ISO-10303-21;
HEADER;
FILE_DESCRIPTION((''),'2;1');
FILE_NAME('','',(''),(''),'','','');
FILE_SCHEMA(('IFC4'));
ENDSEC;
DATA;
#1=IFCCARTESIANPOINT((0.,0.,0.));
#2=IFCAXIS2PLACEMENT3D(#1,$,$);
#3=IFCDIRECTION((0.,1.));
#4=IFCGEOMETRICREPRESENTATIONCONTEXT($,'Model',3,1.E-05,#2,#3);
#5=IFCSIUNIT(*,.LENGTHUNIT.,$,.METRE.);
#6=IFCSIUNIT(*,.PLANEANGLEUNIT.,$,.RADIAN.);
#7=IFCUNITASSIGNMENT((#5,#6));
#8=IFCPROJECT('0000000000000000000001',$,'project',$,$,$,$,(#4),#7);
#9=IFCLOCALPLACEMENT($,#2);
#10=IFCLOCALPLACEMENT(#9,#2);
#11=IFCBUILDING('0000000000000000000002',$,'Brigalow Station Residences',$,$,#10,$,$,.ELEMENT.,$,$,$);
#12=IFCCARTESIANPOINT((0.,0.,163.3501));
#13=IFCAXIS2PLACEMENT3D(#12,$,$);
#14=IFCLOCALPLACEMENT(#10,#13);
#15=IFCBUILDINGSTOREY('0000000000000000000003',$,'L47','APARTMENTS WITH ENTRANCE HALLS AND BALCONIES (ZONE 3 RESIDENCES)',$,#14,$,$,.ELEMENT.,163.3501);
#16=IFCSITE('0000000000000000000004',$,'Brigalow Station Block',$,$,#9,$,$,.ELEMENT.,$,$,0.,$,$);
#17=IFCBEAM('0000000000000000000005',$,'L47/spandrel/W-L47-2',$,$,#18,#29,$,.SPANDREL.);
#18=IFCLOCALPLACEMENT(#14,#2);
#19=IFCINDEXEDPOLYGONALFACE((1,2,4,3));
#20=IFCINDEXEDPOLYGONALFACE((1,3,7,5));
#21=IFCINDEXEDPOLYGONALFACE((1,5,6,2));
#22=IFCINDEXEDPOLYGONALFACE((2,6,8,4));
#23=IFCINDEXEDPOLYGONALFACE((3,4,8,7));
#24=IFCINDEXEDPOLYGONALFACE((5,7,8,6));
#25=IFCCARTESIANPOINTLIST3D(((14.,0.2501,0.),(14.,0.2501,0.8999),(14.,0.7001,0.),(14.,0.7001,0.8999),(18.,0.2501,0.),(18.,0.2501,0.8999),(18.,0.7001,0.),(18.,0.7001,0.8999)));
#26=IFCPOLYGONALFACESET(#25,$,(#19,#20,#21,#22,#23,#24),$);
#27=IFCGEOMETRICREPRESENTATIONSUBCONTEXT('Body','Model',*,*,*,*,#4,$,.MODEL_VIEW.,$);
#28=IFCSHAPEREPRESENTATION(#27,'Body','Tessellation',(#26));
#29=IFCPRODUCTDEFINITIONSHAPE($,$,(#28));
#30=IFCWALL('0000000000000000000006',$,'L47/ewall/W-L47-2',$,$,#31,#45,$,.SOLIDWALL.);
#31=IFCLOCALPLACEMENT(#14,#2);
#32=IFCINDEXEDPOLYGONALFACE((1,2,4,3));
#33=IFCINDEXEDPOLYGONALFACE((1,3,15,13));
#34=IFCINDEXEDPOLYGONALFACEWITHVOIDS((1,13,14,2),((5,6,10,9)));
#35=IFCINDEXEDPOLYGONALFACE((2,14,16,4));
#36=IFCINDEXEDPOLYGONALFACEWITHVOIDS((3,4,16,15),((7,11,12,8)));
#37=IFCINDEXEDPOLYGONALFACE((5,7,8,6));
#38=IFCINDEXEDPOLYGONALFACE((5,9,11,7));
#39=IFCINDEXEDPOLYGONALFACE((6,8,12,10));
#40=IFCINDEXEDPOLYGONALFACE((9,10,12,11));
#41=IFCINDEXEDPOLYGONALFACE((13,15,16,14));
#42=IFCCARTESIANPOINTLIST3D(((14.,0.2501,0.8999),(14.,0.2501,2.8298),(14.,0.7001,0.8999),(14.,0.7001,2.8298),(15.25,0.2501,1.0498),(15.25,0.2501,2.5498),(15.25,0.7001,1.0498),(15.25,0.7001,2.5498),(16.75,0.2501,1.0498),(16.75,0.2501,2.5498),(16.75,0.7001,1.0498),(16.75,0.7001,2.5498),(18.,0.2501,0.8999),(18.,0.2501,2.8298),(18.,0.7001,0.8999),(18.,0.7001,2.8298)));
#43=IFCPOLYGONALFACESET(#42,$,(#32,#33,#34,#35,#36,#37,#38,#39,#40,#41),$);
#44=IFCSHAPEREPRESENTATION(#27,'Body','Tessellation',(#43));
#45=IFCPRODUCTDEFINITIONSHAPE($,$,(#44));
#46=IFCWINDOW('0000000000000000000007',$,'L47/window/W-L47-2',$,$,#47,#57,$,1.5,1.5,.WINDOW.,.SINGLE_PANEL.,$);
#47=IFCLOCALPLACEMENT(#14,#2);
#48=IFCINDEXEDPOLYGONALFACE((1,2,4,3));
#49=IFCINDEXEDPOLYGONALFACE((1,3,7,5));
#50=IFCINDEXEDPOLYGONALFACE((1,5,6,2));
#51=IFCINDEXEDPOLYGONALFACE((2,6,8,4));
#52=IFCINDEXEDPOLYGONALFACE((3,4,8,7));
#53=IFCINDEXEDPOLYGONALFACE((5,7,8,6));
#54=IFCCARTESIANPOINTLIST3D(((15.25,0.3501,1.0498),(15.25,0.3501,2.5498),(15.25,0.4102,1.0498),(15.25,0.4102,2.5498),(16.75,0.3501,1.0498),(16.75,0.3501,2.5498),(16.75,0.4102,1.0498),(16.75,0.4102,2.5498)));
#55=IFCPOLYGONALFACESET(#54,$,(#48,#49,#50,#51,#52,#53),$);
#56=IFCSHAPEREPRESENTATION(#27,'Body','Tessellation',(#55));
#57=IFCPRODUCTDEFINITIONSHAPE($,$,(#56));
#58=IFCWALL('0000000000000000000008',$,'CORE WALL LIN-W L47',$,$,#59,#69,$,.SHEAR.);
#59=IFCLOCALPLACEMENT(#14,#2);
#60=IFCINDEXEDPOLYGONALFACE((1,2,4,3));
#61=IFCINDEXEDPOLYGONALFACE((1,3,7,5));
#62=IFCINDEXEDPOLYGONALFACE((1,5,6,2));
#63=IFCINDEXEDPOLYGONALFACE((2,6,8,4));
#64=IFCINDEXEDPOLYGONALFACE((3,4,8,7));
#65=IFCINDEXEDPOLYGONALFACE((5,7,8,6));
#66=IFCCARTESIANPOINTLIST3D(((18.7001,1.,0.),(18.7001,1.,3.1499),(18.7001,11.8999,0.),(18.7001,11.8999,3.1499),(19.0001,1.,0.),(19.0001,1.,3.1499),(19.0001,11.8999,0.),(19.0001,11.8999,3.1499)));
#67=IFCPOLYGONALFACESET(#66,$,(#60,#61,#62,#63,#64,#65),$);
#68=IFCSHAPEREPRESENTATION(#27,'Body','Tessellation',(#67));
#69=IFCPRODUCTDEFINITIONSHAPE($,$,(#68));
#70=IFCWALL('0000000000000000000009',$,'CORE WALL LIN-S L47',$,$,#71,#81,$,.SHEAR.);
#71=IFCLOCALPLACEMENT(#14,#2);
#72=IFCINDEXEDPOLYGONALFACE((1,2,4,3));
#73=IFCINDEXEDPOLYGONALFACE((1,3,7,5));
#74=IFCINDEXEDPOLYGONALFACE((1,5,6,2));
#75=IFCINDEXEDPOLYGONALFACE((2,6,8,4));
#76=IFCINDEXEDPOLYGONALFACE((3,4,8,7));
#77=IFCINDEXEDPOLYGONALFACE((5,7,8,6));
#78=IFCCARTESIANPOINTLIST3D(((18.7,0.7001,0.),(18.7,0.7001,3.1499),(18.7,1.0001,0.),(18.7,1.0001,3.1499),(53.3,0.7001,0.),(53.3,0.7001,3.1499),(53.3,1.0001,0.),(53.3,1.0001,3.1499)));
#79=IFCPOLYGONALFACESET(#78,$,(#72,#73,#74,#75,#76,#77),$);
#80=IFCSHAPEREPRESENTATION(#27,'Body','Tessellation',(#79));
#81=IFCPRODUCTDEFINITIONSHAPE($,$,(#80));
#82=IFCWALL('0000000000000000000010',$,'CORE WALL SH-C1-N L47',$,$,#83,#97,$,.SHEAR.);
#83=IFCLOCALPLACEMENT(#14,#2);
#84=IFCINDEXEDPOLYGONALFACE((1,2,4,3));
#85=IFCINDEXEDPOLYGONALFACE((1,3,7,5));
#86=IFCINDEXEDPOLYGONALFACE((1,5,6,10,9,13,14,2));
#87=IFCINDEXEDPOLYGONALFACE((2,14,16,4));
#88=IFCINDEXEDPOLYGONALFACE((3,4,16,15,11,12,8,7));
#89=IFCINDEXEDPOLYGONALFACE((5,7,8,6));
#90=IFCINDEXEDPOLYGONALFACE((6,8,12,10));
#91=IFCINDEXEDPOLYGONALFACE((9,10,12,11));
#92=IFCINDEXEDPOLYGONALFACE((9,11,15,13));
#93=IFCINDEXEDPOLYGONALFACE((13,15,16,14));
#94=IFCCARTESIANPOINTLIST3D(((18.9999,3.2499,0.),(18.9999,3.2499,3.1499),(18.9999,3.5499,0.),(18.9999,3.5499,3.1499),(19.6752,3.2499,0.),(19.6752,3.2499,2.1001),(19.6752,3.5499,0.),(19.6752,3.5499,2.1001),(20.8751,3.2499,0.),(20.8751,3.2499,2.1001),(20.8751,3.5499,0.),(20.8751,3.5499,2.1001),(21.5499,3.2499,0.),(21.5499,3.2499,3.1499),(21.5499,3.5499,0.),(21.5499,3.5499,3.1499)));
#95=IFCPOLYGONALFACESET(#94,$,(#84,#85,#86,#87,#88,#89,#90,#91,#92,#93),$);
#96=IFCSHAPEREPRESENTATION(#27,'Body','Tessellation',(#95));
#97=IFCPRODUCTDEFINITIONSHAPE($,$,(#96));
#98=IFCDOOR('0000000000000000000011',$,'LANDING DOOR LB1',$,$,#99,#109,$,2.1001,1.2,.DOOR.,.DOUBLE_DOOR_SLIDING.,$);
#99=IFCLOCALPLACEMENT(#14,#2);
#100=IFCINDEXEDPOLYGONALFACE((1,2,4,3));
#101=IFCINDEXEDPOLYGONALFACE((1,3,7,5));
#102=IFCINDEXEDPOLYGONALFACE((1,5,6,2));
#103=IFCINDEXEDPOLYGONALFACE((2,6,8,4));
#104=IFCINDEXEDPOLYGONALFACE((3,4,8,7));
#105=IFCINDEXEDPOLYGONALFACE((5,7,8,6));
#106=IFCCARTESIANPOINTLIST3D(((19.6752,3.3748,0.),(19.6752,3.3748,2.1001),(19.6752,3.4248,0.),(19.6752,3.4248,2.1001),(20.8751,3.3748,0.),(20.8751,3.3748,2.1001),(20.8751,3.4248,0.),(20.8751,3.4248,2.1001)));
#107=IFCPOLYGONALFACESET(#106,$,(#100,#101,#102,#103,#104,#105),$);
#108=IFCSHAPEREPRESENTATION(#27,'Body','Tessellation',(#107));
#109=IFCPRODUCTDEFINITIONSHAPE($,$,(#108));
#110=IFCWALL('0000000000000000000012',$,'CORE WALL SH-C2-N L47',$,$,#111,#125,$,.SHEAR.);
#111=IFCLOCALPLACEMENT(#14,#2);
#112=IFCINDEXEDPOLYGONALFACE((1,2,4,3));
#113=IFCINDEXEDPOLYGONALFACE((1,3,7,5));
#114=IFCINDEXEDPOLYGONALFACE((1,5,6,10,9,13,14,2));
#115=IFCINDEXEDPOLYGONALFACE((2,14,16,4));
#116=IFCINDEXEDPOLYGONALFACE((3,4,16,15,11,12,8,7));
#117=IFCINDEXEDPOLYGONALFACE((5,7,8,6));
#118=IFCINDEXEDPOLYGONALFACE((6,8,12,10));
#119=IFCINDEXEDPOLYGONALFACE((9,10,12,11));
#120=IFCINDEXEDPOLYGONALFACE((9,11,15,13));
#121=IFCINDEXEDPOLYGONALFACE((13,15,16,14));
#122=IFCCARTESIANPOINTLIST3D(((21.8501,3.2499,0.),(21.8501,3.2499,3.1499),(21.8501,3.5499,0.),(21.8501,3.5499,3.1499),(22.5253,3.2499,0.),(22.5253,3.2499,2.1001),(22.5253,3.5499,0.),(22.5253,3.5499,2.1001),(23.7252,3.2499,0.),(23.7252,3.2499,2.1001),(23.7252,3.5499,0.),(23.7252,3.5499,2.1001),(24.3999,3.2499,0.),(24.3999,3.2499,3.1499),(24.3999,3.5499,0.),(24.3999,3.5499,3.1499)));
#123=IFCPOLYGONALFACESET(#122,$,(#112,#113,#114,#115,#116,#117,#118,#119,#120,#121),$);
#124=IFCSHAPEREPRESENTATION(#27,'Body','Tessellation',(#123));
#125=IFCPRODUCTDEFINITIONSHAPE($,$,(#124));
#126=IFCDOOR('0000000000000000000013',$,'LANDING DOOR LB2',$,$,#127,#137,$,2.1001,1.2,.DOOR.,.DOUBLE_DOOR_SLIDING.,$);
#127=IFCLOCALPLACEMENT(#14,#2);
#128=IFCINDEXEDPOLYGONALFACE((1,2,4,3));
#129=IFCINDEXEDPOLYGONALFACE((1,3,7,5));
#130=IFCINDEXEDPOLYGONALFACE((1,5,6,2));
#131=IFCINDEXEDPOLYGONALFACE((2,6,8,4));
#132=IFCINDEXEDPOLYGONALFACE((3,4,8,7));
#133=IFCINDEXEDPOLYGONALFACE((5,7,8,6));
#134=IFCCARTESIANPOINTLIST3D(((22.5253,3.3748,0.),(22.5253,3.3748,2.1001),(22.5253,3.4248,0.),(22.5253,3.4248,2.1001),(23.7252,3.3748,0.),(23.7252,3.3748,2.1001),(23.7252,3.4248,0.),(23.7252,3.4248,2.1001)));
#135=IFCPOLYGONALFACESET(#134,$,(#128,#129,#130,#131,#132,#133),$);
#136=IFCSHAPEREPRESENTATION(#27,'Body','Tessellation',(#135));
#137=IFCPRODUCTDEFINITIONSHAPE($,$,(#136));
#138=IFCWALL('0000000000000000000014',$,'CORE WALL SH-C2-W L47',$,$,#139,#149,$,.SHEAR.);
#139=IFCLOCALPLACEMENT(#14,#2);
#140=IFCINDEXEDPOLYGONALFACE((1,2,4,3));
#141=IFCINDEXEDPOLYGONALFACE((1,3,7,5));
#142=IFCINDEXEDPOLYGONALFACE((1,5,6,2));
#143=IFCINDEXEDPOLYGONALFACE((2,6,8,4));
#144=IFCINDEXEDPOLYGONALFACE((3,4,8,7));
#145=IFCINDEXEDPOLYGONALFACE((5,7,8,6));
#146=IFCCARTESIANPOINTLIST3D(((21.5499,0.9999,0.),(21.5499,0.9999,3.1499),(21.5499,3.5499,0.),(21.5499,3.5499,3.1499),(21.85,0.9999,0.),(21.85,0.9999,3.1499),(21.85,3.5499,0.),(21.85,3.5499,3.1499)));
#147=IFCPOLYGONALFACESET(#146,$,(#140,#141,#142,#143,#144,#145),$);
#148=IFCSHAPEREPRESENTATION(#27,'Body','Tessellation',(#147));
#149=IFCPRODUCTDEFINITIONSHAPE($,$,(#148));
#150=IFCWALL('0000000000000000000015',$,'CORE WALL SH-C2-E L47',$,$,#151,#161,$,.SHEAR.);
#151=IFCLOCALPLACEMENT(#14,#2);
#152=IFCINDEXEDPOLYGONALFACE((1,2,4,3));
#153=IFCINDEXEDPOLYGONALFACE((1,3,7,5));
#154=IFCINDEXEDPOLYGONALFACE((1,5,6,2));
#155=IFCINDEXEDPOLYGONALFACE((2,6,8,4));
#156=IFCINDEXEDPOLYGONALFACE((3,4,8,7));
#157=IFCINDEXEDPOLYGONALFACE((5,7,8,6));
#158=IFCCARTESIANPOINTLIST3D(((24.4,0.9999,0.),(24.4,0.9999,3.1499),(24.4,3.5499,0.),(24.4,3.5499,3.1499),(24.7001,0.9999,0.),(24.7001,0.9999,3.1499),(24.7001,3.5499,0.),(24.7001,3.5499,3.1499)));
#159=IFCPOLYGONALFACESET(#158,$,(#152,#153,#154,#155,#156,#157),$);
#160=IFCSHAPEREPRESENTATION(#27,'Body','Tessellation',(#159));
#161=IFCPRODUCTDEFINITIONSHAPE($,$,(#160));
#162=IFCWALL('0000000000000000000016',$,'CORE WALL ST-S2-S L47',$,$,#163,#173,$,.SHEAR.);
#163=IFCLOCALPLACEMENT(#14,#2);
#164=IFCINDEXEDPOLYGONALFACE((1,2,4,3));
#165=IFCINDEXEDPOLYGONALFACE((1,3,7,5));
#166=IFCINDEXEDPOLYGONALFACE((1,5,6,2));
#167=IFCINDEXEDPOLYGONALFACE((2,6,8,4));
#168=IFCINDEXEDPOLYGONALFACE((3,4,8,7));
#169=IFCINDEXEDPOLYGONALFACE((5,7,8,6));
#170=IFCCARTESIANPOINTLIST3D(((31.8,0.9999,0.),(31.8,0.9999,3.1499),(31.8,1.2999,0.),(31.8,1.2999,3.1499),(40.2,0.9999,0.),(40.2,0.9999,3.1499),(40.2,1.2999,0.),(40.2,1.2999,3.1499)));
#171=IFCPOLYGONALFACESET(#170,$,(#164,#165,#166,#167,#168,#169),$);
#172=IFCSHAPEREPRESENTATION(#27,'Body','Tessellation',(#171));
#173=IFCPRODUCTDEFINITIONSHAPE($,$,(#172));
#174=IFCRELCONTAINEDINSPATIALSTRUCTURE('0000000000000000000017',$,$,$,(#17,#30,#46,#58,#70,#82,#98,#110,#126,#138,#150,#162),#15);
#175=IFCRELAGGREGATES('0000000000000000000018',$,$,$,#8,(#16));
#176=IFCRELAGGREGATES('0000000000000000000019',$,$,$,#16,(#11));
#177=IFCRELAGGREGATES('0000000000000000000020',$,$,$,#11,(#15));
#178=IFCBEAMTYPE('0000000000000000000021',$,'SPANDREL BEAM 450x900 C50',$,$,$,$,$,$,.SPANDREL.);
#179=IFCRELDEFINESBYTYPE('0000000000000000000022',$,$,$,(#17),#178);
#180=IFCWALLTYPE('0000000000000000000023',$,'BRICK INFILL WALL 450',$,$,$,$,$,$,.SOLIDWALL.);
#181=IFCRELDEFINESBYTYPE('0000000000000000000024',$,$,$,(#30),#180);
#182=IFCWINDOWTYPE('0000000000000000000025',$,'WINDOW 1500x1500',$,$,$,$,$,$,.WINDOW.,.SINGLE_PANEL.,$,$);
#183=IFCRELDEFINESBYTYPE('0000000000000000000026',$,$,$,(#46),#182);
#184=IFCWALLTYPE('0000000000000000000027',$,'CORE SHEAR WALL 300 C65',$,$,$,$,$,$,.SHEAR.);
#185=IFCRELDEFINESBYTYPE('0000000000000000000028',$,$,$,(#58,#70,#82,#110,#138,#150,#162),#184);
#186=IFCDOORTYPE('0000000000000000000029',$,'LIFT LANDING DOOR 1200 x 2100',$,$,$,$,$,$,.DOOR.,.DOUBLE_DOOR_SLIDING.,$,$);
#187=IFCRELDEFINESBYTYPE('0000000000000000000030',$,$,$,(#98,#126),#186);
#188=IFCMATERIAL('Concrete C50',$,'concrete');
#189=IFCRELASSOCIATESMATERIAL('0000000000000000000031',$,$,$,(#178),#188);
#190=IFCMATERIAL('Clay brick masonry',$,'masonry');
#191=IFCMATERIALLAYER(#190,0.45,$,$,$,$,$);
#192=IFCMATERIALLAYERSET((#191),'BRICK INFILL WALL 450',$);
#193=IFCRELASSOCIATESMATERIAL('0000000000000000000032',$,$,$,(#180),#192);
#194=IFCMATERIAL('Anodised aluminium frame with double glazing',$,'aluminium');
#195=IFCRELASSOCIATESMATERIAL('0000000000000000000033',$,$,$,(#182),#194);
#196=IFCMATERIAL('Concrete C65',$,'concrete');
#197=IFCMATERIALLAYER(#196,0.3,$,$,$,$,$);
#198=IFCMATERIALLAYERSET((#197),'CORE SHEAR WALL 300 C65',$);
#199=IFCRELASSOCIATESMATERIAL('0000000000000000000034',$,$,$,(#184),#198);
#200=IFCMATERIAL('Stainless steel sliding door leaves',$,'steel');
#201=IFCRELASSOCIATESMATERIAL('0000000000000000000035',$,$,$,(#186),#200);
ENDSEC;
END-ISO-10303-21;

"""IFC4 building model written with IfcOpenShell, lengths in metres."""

from ifc_helpers import new_model, si_unit, direction, frame, frame_2d, origin, origin_2d, place, context, subcontext, project, spatial, rectangle, extrude, material, layer, layer_set, material_profile, profile_set, type_object, element, fill, save


model = new_model("IFC4")

# Units and contexts
model_context = context("Model", 3, precision=1e-05, world=origin(), true_north=direction((0.0, 1.0)))
body_context = subcontext(model_context, "Body", "Model", "MODEL_VIEW")
ifc_project = project(units=[si_unit("LENGTHUNIT", "METRE"), si_unit("PLANEANGLEUNIT", "RADIAN")], contexts=[model_context])

# Site, building, storey
site_placement = place(None, origin())
site = spatial("IfcSite", under=ifc_project, at=site_placement, Name="Brigalow Station Block", CompositionType="ELEMENT", RefElevation=0.0)
building_placement = place(site_placement, origin())
building = spatial("IfcBuilding", under=site, at=building_placement, Name="Brigalow Station Residences", CompositionType="ELEMENT")
storey_placement = place(building_placement, frame((0.0, 0.0, 163.3501)))
storey = spatial("IfcBuildingStorey", under=building, at=storey_placement, Name="L47", Description="APARTMENTS WITH ENTRANCE HALLS AND BALCONIES (ZONE 3 RESIDENCES)", CompositionType="ELEMENT", Elevation=163.3501)

# Beam
ifc_material_1 = material(Name="Concrete C50", Category="concrete")
ifc_material_profile = material_profile(ifc_material_1, rectangle(XDim=0.45, YDim=0.8999, at=origin_2d()), Name="RC450x900")
ifc_profile_set = profile_set([ifc_material_profile], Name="Concrete C50")
beam_type = type_object("IfcBeamType", Name="SPANDREL BEAM 450x900 C50", PredefinedType="SPANDREL", material=ifc_profile_set)
beam_placement = place(storey_placement, frame((14.0, 0.4751, 0.45), z_axis=(1.0, 0.0, 0.0), x_axis=(0.0, 1.0, 0.0)))
element("IfcBeam", 1, at=beam_placement, inside=storey, type_object=beam_type, Name="L47/spandrel/W-L47-2", PredefinedType="SPANDREL", context=body_context, shape_type="SweptSolid", body=[
    extrude(rectangle(XDim=0.45, YDim=0.8999, at=origin_2d()), origin(), (0.0, 0.0, 1.0), 4.0),
])

# Wall, opening, window
ifc_material_2 = material(Name="Clay brick masonry", Category="masonry")
ifc_layer_1 = layer(ifc_material_2, 0.45)
ifc_layer_set_1 = layer_set([ifc_layer_1], Name="BRICK INFILL WALL 450")
wall_type_1 = type_object("IfcWallType", Name="BRICK INFILL WALL 450", PredefinedType="SOLIDWALL", material=ifc_layer_set_1)
wall_1_placement = place(storey_placement, frame((14.0, 0.4751, 0.8999), z_axis=(0.0, 0.0, 1.0), x_axis=(1.0, 0.0, 0.0)))
wall_1 = element("IfcWall", 2, at=wall_1_placement, inside=storey, type_object=wall_type_1, Name="L47/ewall/W-L47-2", PredefinedType="SOLIDWALL", context=body_context, shape_type="SweptSolid", body=[
    extrude(rectangle(XDim=4.0, YDim=0.45, at=frame_2d((2.0, 0.0))), origin(), (0.0, 0.0, 1.0), 1.9299),
])
opening_1_placement = place(wall_1_placement, frame((1.25, 0.0, 0.1499)))
opening_1 = element("IfcOpeningElement", 3, at=opening_1_placement, cuts=wall_1, PredefinedType="OPENING", context=body_context, shape_type="SweptSolid", body=[
    extrude(rectangle(XDim=1.5, YDim=1.5, at=frame_2d((0.75, 0.75))), frame((0.0, 0.2349, 0.0), z_axis=(0.0, -1.0, 0.0), x_axis=(1.0, 0.0, 0.0)), (0.0, 0.0, 1.0), 0.47),
])
ifc_material_3 = material(Name="Anodised aluminium frame with double glazing", Category="aluminium")
window_type = type_object("IfcWindowType", Name="WINDOW 1500x1500", PartitioningType="SINGLE_PANEL", PredefinedType="WINDOW", material=ifc_material_3)
window_placement = place(opening_1_placement, origin())
window = element("IfcWindow", 4, at=window_placement, inside=storey, type_object=window_type, Name="L47/window/W-L47-2", OverallHeight=1.5, OverallWidth=1.5, PartitioningType="SINGLE_PANEL", PredefinedType="WINDOW", context=body_context, shape_type="SweptSolid", body=[
    extrude(rectangle(XDim=1.5, YDim=1.5, at=frame_2d((0.75, 0.75))), frame((0.0, -0.0649, 0.0), z_axis=(0.0, -1.0, 0.0), x_axis=(1.0, 0.0, 0.0)), (0.0, 0.0, 1.0), 0.0601),
])
fill(opening_1, window)

# Walls
ifc_material_4 = material(Name="Concrete C65", Category="concrete")
ifc_layer_2 = layer(ifc_material_4, 0.3)
ifc_layer_set_2 = layer_set([ifc_layer_2], Name="CORE SHEAR WALL 300 C65")
wall_type_2 = type_object("IfcWallType", Name="CORE SHEAR WALL 300 C65", PredefinedType="SHEAR", material=ifc_layer_set_2)
wall_2_placement = place(storey_placement, frame((18.8501, 1.0, 0.0), z_axis=(0.0, 0.0, 1.0), x_axis=(0.0, 1.0, 0.0)))
element("IfcWall", 5, at=wall_2_placement, inside=storey, type_object=wall_type_2, Name="CORE WALL LIN-W L47", PredefinedType="SHEAR", context=body_context, shape_type="SweptSolid", body=[
    extrude(rectangle(XDim=10.8999, YDim=0.3, at=frame_2d((5.45, 0.0))), origin(), (0.0, 0.0, 1.0), 3.1499),
])
wall_3_placement = place(storey_placement, frame((18.7, 0.8501, 0.0), z_axis=(0.0, 0.0, 1.0), x_axis=(1.0, 0.0, 0.0)))
element("IfcWall", 6, at=wall_3_placement, inside=storey, type_object=wall_type_2, Name="CORE WALL LIN-S L47", PredefinedType="SHEAR", context=body_context, shape_type="SweptSolid", body=[
    extrude(rectangle(XDim=34.6001, YDim=0.3, at=frame_2d((17.3, 0.0))), origin(), (0.0, 0.0, 1.0), 3.1499),
])

# Walls, openings, doors
wall_4_placement = place(storey_placement, frame((19.0, 3.3999, 0.0), z_axis=(0.0, 0.0, 1.0), x_axis=(1.0, 0.0, 0.0)))
wall_4 = element("IfcWall", 7, at=wall_4_placement, inside=storey, type_object=wall_type_2, Name="CORE WALL SH-C1-N L47", PredefinedType="SHEAR", context=body_context, shape_type="SweptSolid", body=[
    extrude(rectangle(XDim=2.55, YDim=0.3, at=frame_2d((1.2749, 0.0))), origin(), (0.0, 0.0, 1.0), 3.1499),
])
opening_2_placement = place(wall_4_placement, frame((0.675, 0.0, 0.0)))
opening_2 = element("IfcOpeningElement", 8, at=opening_2_placement, cuts=wall_4, PredefinedType="OPENING", context=body_context, shape_type="SweptSolid", body=[
    extrude(rectangle(XDim=1.2, YDim=2.1001, at=frame_2d((0.6001, 1.05))), frame((0.0, 0.1602, 0.0), z_axis=(0.0, -1.0, 0.0), x_axis=(1.0, 0.0, 0.0)), (0.0, 0.0, 1.0), 0.3201),
])
ifc_material_5 = material(Name="Stainless steel sliding door leaves", Category="steel")
door_type = type_object("IfcDoorType", Name="LIFT LANDING DOOR 1200 x 2100", OperationType="DOUBLE_DOOR_SLIDING", PredefinedType="DOOR", material=ifc_material_5)
door_1_placement = place(opening_2_placement, origin())
door_1 = element("IfcDoor", 9, at=door_1_placement, inside=storey, type_object=door_type, Name="LANDING DOOR LB1", OperationType="DOUBLE_DOOR_SLIDING", OverallHeight=2.1001, OverallWidth=1.2, PredefinedType="DOOR", context=body_context, shape_type="SweptSolid", body=[
    extrude(rectangle(XDim=1.2, YDim=2.1001, at=frame_2d((0.6001, 1.05))), frame((0.0, 0.0249, 0.0), z_axis=(0.0, -1.0, 0.0), x_axis=(1.0, 0.0, 0.0)), (0.0, 0.0, 1.0), 0.05),
])
fill(opening_2, door_1)
wall_5_placement = place(storey_placement, frame((21.8501, 3.3999, 0.0), z_axis=(0.0, 0.0, 1.0), x_axis=(1.0, 0.0, 0.0)))
wall_5 = element("IfcWall", 10, at=wall_5_placement, inside=storey, type_object=wall_type_2, Name="CORE WALL SH-C2-N L47", PredefinedType="SHEAR", context=body_context, shape_type="SweptSolid", body=[
    extrude(rectangle(XDim=2.5498, YDim=0.3, at=frame_2d((1.2749, 0.0))), origin(), (0.0, 0.0, 1.0), 3.1499),
])
opening_3_placement = place(wall_5_placement, frame((0.675, 0.0, 0.0)))
opening_3 = element("IfcOpeningElement", 11, at=opening_3_placement, cuts=wall_5, PredefinedType="OPENING", context=body_context, shape_type="SweptSolid", body=[
    extrude(rectangle(XDim=1.2, YDim=2.1001, at=frame_2d((0.6001, 1.05))), frame((0.0, 0.1602, 0.0), z_axis=(0.0, -1.0, 0.0), x_axis=(1.0, 0.0, 0.0)), (0.0, 0.0, 1.0), 0.3201),
])
door_2_placement = place(opening_3_placement, origin())
door_2 = element("IfcDoor", 12, at=door_2_placement, inside=storey, type_object=door_type, Name="LANDING DOOR LB2", OperationType="DOUBLE_DOOR_SLIDING", OverallHeight=2.1001, OverallWidth=1.2, PredefinedType="DOOR", context=body_context, shape_type="SweptSolid", body=[
    extrude(rectangle(XDim=1.2, YDim=2.1001, at=frame_2d((0.6001, 1.05))), frame((0.0, 0.0249, 0.0), z_axis=(0.0, -1.0, 0.0), x_axis=(1.0, 0.0, 0.0)), (0.0, 0.0, 1.0), 0.05),
])
fill(opening_3, door_2)

# Walls
for number, where, z_axis, x_axis, name in (
    (13, (21.7, 1.0, 0.0), (0.0, 0.0, 1.0), (0.0, 1.0, 0.0), "CORE WALL SH-C2-W L47"),
    (14, (24.55, 1.0, 0.0), (0.0, 0.0, 1.0), (0.0, 1.0, 0.0), "CORE WALL SH-C2-E L47"),
):
    element("IfcWall", number, at=place(storey_placement, frame(where, z_axis=z_axis, x_axis=x_axis)), inside=storey, type_object=wall_type_2, Name=name, PredefinedType="SHEAR", context=body_context, shape_type="SweptSolid", body=[
        extrude(rectangle(XDim=2.55, YDim=0.3, at=frame_2d((1.2749, 0.0))), origin(), (0.0, 0.0, 1.0), 3.1499),
    ])
wall_6_placement = place(storey_placement, frame((31.8, 1.1499, 0.0), z_axis=(0.0, 0.0, 1.0), x_axis=(1.0, 0.0, 0.0)))
element("IfcWall", 15, at=wall_6_placement, inside=storey, type_object=wall_type_2, Name="CORE WALL ST-S2-S L47", PredefinedType="SHEAR", context=body_context, shape_type="SweptSolid", body=[
    extrude(rectangle(XDim=8.3999, YDim=0.3, at=frame_2d((4.2, 0.0))), origin(), (0.0, 0.0, 1.0), 3.1499),
])

save(model, "model.ifc")
